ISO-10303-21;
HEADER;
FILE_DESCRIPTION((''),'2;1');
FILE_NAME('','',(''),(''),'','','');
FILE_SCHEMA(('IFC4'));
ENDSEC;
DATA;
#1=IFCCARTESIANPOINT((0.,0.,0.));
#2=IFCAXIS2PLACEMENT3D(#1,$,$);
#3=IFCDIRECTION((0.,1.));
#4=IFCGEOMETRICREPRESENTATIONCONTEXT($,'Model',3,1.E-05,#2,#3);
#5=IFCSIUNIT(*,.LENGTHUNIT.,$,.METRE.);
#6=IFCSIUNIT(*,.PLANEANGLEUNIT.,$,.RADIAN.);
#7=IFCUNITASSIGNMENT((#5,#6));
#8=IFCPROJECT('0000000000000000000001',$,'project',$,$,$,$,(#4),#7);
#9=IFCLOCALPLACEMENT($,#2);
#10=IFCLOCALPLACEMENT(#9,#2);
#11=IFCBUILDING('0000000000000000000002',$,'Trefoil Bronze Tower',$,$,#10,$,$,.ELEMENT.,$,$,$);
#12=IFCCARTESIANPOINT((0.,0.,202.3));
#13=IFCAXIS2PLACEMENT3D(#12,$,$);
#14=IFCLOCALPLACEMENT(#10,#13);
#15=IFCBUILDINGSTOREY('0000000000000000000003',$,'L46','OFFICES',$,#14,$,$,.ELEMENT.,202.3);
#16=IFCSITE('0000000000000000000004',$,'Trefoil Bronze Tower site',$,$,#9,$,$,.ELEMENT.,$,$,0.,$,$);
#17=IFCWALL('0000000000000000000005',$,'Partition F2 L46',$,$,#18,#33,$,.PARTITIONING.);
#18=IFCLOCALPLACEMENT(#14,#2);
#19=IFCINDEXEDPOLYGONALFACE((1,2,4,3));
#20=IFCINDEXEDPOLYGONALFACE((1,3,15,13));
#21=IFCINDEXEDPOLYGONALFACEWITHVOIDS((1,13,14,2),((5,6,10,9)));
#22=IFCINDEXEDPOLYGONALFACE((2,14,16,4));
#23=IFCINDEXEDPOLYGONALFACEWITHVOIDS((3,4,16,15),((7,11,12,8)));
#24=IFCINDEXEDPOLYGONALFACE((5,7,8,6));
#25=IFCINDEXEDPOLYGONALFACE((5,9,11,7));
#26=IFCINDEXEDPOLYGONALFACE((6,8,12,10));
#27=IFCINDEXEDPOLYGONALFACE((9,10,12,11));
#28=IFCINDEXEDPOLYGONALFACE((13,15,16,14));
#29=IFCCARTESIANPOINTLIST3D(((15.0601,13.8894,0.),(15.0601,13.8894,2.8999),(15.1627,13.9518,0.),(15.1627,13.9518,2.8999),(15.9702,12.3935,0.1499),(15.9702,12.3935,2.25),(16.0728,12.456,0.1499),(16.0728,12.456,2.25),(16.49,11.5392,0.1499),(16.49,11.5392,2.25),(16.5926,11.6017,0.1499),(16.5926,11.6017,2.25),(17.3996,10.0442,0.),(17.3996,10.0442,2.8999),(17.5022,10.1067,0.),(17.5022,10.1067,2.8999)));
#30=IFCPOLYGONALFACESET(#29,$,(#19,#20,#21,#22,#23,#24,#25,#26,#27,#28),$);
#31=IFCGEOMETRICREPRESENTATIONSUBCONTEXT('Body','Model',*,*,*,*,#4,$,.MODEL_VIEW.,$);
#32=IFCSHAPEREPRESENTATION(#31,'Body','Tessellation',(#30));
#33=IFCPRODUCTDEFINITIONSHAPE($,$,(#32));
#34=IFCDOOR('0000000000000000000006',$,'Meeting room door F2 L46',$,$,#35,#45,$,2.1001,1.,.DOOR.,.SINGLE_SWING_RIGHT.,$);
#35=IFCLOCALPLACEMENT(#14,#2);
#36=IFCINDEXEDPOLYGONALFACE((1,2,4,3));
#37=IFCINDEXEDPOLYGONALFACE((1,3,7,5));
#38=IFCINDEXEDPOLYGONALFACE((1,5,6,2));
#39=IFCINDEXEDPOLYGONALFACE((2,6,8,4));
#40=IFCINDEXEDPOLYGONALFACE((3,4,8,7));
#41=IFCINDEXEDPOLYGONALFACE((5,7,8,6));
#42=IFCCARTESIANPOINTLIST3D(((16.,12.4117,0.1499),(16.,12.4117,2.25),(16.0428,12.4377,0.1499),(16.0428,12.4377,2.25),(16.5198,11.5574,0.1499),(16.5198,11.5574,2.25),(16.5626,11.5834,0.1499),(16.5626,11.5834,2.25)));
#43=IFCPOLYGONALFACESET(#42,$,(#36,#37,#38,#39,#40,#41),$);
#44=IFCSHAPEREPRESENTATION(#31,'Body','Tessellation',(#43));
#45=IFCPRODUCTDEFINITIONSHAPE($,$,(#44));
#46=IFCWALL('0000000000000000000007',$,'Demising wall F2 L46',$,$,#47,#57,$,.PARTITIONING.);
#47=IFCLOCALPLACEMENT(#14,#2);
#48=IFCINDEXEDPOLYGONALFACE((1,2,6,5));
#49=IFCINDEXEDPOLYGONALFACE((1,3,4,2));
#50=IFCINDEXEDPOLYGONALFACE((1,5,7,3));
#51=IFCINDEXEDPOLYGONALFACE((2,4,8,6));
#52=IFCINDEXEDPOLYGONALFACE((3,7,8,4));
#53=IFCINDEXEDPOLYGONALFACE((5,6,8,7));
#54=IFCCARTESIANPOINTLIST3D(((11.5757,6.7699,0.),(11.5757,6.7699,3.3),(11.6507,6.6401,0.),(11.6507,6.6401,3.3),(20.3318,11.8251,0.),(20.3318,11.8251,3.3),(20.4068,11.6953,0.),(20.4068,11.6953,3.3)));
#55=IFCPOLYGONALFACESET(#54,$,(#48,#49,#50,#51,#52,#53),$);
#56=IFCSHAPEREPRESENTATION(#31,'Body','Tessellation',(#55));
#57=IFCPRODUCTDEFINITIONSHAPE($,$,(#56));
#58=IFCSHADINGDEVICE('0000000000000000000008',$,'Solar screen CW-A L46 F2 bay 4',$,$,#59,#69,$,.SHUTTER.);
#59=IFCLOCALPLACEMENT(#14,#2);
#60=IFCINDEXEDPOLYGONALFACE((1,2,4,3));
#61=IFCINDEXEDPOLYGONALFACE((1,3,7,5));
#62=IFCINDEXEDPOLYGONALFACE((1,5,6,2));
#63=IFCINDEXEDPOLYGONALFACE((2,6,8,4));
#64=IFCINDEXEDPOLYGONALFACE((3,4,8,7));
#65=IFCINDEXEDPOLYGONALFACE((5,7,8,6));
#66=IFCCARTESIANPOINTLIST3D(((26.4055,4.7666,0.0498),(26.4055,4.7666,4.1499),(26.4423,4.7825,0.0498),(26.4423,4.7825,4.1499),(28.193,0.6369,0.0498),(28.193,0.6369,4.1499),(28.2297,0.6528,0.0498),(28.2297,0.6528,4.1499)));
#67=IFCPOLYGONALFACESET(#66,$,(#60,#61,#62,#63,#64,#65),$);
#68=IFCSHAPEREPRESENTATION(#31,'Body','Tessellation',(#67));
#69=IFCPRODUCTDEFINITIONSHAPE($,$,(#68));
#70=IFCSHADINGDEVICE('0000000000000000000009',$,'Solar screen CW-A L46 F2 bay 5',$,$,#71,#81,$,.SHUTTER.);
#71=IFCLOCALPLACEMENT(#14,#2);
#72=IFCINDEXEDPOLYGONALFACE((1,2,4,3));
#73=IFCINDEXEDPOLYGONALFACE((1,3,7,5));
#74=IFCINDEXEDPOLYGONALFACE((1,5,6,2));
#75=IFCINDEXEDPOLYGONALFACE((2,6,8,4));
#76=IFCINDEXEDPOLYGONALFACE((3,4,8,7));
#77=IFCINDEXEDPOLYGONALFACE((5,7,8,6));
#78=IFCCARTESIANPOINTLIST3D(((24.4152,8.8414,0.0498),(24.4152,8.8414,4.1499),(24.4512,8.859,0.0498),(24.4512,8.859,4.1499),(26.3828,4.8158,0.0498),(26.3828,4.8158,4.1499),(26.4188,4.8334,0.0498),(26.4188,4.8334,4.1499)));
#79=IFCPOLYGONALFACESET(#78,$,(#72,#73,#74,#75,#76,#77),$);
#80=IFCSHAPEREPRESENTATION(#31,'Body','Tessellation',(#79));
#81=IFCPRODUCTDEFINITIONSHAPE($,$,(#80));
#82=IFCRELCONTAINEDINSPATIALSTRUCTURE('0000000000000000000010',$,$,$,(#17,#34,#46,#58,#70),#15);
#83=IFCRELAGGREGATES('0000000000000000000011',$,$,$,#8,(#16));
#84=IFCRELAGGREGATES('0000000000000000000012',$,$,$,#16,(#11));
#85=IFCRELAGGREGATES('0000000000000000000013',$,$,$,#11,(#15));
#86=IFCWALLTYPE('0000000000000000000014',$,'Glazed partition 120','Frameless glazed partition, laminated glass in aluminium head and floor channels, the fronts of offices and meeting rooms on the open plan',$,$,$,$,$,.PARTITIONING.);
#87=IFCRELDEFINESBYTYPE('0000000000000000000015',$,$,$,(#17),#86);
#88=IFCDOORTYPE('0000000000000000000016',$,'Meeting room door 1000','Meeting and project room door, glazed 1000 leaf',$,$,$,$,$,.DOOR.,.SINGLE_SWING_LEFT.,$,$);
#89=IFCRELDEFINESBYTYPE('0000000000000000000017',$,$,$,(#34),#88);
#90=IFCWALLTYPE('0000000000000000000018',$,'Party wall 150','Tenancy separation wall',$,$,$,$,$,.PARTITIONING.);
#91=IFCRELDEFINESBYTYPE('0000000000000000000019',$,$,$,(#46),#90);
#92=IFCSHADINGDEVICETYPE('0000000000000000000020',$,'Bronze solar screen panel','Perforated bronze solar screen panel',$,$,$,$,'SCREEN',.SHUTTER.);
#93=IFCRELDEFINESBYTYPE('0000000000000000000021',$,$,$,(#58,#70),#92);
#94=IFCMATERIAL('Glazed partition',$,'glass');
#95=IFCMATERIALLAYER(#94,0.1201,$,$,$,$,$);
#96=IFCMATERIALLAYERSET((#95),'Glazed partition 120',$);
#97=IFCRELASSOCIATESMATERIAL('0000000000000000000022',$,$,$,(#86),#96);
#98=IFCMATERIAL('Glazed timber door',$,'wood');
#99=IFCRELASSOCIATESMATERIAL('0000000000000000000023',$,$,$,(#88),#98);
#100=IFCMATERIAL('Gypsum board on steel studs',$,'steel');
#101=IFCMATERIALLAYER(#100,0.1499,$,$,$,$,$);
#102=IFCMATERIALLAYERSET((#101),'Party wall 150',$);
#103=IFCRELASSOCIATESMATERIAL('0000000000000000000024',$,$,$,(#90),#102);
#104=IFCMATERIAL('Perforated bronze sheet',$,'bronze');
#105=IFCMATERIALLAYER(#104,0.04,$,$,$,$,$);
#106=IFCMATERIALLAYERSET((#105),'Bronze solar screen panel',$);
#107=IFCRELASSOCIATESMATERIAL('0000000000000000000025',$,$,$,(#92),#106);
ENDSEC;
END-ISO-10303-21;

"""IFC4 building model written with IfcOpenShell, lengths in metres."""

from ifc_helpers import new_model, si_unit, direction, frame, frame_2d, origin, origin_2d, place, context, subcontext, project, spatial, rectangle, extrude, material, layer, layer_set, type_object, element, fill, save


model = new_model("IFC4")

# Units and contexts
model_context = context("Model", 3, precision=1e-05, world=origin(), true_north=direction((0.0, 1.0)))
body_context = subcontext(model_context, "Body", "Model", "MODEL_VIEW")
ifc_project = project(units=[si_unit("LENGTHUNIT", "METRE"), si_unit("PLANEANGLEUNIT", "RADIAN")], contexts=[model_context])

# Site, building, storey
site_placement = place(None, origin())
site = spatial("IfcSite", under=ifc_project, at=site_placement, Name="Trefoil Bronze Tower site", CompositionType="ELEMENT", RefElevation=0.0)
building_placement = place(site_placement, origin())
building = spatial("IfcBuilding", under=site, at=building_placement, Name="Trefoil Bronze Tower", CompositionType="ELEMENT")
storey_placement = place(building_placement, frame((0.0, 0.0, 202.3)))
storey = spatial("IfcBuildingStorey", under=building, at=storey_placement, Name="L46", Description="OFFICES", CompositionType="ELEMENT", Elevation=202.3)

# Shared definitions
ifc_material_1 = material(Name="Glazed partition", Category="glass")
ifc_layer_1 = layer(ifc_material_1, 0.1201)
ifc_layer_set_1 = layer_set([ifc_layer_1], Name="Glazed partition 120")
wall_type_1 = type_object("IfcWallType", Name="Glazed partition 120", Description="Frameless glazed partition, laminated glass in aluminium head and floor channels, the fronts of offices and meeting rooms on the open plan", PredefinedType="PARTITIONING", material=ifc_layer_set_1)
ifc_material_2 = material(Name="Glazed timber door", Category="wood")
door_type = type_object("IfcDoorType", Name="Meeting room door 1000", Description="Meeting and project room door, glazed 1000 leaf", OperationType="SINGLE_SWING_LEFT", PredefinedType="DOOR", material=ifc_material_2)

# Wall, opening, door
wall_1_placement = place(storey_placement, frame((17.4509, 10.0754, 0.0), z_axis=(0.0, 0.0, 1.0), x_axis=(-0.51979, 0.854294, 0.0)))
wall_1 = element("IfcWall", 1, at=wall_1_placement, inside=storey, type_object=wall_type_1, Name="Partition F2 L46", PredefinedType="PARTITIONING", context=body_context, shape_type="SweptSolid", body=[
    extrude(rectangle(XDim=4.501, YDim=0.1201, at=frame_2d((2.2505, 0.0))), origin(), (0.0, 0.0, 1.0), 2.8999),
])
opening_1_placement = place(wall_1_placement, frame((1.75, 0.0, 0.1499)))
opening_1 = element("IfcOpeningElement", 2, at=opening_1_placement, cuts=wall_1, PredefinedType="OPENING", context=body_context, shape_type="SweptSolid", body=[
    extrude(rectangle(XDim=1.0, YDim=2.1001, at=frame_2d((0.5, 1.05))), frame((0.0, 0.0701, 0.0), z_axis=(0.0, -1.0, 0.0), x_axis=(1.0, 0.0, 0.0)), (0.0, 0.0, 1.0), 0.1401),
])
door_1_placement = place(opening_1_placement, frame((1.0, 0.0, 0.0), z_axis=(0.0, 0.0, 1.0), x_axis=(-1.0, 0.0, 0.0)))
door_1 = element("IfcDoor", 3, at=door_1_placement, inside=storey, type_object=door_type, Name="Meeting room door F2 L46", OperationType="SINGLE_SWING_RIGHT", OverallHeight=2.1001, OverallWidth=1.0, PredefinedType="DOOR", context=body_context, shape_type="SweptSolid", body=[
    extrude(rectangle(XDim=1.0, YDim=2.1001, at=frame_2d((0.5, 1.05))), frame((0.0, 0.0249, 0.0), z_axis=(0.0, -1.0, 0.0), x_axis=(1.0, 0.0, 0.0)), (0.0, 0.0, 1.0), 0.05),
])
fill(opening_1, door_1)

# Wall
ifc_material_3 = material(Name="Gypsum board on steel studs", Category="steel")
ifc_layer_2 = layer(ifc_material_3, 0.1499)
ifc_layer_set_2 = layer_set([ifc_layer_2], Name="Party wall 150")
wall_type_2 = type_object("IfcWallType", Name="Party wall 150", Description="Tenancy separation wall", PredefinedType="PARTITIONING", material=ifc_layer_set_2)
wall_2_placement = place(storey_placement, frame((11.6133, 6.7051, 0.0), z_axis=(0.0, 0.0, 1.0), x_axis=(0.866032, 0.499988, 0.0)))
element("IfcWall", 4, at=wall_2_placement, inside=storey, type_object=wall_type_2, Name="Demising wall F2 L46", PredefinedType="PARTITIONING", context=body_context, shape_type="SweptSolid", body=[
    extrude(rectangle(XDim=10.1106, YDim=0.1499, at=frame_2d((5.0552, 0.0))), origin(), (0.0, 0.0, 1.0), 3.3),
])

# Shading devices
ifc_material_4 = material(Name="Perforated bronze sheet", Category="bronze")
ifc_layer_3 = layer(ifc_material_4, 0.04)
ifc_layer_set_3 = layer_set([ifc_layer_3], Name="Bronze solar screen panel")
shading_device_type = type_object("IfcShadingDeviceType", Name="Bronze solar screen panel", Description="Perforated bronze solar screen panel", ElementType="SCREEN", PredefinedType="SHUTTER", material=ifc_layer_set_3)
shading_device_1_placement = place(storey_placement, frame((27.3176, 2.7097, 0.0498), z_axis=(0.0, 0.0, 1.0), x_axis=(-0.39722, 0.917723, 0.0)))
element("IfcShadingDevice", 5, at=shading_device_1_placement, inside=storey, type_object=shading_device_type, Name="Solar screen CW-A L46 F2 bay 4", PredefinedType="SHUTTER", context=body_context, shape_type="SweptSolid", body=[
    extrude(rectangle(XDim=4.5, YDim=0.04, at=origin_2d()), origin(), (0.0, 0.0, 1.0), 4.1001),
])
shading_device_2_placement = place(storey_placement, frame((25.417, 6.8374, 0.0498), z_axis=(0.0, 0.0, 1.0), x_axis=(-0.439129, 0.898424, 0.0)))
element("IfcShadingDevice", 6, at=shading_device_2_placement, inside=storey, type_object=shading_device_type, Name="Solar screen CW-A L46 F2 bay 5", PredefinedType="SHUTTER", context=body_context, shape_type="SweptSolid", body=[
    extrude(rectangle(XDim=4.4807, YDim=0.04, at=origin_2d()), origin(), (0.0, 0.0, 1.0), 4.1001),
])

save(model, "model.ifc")
